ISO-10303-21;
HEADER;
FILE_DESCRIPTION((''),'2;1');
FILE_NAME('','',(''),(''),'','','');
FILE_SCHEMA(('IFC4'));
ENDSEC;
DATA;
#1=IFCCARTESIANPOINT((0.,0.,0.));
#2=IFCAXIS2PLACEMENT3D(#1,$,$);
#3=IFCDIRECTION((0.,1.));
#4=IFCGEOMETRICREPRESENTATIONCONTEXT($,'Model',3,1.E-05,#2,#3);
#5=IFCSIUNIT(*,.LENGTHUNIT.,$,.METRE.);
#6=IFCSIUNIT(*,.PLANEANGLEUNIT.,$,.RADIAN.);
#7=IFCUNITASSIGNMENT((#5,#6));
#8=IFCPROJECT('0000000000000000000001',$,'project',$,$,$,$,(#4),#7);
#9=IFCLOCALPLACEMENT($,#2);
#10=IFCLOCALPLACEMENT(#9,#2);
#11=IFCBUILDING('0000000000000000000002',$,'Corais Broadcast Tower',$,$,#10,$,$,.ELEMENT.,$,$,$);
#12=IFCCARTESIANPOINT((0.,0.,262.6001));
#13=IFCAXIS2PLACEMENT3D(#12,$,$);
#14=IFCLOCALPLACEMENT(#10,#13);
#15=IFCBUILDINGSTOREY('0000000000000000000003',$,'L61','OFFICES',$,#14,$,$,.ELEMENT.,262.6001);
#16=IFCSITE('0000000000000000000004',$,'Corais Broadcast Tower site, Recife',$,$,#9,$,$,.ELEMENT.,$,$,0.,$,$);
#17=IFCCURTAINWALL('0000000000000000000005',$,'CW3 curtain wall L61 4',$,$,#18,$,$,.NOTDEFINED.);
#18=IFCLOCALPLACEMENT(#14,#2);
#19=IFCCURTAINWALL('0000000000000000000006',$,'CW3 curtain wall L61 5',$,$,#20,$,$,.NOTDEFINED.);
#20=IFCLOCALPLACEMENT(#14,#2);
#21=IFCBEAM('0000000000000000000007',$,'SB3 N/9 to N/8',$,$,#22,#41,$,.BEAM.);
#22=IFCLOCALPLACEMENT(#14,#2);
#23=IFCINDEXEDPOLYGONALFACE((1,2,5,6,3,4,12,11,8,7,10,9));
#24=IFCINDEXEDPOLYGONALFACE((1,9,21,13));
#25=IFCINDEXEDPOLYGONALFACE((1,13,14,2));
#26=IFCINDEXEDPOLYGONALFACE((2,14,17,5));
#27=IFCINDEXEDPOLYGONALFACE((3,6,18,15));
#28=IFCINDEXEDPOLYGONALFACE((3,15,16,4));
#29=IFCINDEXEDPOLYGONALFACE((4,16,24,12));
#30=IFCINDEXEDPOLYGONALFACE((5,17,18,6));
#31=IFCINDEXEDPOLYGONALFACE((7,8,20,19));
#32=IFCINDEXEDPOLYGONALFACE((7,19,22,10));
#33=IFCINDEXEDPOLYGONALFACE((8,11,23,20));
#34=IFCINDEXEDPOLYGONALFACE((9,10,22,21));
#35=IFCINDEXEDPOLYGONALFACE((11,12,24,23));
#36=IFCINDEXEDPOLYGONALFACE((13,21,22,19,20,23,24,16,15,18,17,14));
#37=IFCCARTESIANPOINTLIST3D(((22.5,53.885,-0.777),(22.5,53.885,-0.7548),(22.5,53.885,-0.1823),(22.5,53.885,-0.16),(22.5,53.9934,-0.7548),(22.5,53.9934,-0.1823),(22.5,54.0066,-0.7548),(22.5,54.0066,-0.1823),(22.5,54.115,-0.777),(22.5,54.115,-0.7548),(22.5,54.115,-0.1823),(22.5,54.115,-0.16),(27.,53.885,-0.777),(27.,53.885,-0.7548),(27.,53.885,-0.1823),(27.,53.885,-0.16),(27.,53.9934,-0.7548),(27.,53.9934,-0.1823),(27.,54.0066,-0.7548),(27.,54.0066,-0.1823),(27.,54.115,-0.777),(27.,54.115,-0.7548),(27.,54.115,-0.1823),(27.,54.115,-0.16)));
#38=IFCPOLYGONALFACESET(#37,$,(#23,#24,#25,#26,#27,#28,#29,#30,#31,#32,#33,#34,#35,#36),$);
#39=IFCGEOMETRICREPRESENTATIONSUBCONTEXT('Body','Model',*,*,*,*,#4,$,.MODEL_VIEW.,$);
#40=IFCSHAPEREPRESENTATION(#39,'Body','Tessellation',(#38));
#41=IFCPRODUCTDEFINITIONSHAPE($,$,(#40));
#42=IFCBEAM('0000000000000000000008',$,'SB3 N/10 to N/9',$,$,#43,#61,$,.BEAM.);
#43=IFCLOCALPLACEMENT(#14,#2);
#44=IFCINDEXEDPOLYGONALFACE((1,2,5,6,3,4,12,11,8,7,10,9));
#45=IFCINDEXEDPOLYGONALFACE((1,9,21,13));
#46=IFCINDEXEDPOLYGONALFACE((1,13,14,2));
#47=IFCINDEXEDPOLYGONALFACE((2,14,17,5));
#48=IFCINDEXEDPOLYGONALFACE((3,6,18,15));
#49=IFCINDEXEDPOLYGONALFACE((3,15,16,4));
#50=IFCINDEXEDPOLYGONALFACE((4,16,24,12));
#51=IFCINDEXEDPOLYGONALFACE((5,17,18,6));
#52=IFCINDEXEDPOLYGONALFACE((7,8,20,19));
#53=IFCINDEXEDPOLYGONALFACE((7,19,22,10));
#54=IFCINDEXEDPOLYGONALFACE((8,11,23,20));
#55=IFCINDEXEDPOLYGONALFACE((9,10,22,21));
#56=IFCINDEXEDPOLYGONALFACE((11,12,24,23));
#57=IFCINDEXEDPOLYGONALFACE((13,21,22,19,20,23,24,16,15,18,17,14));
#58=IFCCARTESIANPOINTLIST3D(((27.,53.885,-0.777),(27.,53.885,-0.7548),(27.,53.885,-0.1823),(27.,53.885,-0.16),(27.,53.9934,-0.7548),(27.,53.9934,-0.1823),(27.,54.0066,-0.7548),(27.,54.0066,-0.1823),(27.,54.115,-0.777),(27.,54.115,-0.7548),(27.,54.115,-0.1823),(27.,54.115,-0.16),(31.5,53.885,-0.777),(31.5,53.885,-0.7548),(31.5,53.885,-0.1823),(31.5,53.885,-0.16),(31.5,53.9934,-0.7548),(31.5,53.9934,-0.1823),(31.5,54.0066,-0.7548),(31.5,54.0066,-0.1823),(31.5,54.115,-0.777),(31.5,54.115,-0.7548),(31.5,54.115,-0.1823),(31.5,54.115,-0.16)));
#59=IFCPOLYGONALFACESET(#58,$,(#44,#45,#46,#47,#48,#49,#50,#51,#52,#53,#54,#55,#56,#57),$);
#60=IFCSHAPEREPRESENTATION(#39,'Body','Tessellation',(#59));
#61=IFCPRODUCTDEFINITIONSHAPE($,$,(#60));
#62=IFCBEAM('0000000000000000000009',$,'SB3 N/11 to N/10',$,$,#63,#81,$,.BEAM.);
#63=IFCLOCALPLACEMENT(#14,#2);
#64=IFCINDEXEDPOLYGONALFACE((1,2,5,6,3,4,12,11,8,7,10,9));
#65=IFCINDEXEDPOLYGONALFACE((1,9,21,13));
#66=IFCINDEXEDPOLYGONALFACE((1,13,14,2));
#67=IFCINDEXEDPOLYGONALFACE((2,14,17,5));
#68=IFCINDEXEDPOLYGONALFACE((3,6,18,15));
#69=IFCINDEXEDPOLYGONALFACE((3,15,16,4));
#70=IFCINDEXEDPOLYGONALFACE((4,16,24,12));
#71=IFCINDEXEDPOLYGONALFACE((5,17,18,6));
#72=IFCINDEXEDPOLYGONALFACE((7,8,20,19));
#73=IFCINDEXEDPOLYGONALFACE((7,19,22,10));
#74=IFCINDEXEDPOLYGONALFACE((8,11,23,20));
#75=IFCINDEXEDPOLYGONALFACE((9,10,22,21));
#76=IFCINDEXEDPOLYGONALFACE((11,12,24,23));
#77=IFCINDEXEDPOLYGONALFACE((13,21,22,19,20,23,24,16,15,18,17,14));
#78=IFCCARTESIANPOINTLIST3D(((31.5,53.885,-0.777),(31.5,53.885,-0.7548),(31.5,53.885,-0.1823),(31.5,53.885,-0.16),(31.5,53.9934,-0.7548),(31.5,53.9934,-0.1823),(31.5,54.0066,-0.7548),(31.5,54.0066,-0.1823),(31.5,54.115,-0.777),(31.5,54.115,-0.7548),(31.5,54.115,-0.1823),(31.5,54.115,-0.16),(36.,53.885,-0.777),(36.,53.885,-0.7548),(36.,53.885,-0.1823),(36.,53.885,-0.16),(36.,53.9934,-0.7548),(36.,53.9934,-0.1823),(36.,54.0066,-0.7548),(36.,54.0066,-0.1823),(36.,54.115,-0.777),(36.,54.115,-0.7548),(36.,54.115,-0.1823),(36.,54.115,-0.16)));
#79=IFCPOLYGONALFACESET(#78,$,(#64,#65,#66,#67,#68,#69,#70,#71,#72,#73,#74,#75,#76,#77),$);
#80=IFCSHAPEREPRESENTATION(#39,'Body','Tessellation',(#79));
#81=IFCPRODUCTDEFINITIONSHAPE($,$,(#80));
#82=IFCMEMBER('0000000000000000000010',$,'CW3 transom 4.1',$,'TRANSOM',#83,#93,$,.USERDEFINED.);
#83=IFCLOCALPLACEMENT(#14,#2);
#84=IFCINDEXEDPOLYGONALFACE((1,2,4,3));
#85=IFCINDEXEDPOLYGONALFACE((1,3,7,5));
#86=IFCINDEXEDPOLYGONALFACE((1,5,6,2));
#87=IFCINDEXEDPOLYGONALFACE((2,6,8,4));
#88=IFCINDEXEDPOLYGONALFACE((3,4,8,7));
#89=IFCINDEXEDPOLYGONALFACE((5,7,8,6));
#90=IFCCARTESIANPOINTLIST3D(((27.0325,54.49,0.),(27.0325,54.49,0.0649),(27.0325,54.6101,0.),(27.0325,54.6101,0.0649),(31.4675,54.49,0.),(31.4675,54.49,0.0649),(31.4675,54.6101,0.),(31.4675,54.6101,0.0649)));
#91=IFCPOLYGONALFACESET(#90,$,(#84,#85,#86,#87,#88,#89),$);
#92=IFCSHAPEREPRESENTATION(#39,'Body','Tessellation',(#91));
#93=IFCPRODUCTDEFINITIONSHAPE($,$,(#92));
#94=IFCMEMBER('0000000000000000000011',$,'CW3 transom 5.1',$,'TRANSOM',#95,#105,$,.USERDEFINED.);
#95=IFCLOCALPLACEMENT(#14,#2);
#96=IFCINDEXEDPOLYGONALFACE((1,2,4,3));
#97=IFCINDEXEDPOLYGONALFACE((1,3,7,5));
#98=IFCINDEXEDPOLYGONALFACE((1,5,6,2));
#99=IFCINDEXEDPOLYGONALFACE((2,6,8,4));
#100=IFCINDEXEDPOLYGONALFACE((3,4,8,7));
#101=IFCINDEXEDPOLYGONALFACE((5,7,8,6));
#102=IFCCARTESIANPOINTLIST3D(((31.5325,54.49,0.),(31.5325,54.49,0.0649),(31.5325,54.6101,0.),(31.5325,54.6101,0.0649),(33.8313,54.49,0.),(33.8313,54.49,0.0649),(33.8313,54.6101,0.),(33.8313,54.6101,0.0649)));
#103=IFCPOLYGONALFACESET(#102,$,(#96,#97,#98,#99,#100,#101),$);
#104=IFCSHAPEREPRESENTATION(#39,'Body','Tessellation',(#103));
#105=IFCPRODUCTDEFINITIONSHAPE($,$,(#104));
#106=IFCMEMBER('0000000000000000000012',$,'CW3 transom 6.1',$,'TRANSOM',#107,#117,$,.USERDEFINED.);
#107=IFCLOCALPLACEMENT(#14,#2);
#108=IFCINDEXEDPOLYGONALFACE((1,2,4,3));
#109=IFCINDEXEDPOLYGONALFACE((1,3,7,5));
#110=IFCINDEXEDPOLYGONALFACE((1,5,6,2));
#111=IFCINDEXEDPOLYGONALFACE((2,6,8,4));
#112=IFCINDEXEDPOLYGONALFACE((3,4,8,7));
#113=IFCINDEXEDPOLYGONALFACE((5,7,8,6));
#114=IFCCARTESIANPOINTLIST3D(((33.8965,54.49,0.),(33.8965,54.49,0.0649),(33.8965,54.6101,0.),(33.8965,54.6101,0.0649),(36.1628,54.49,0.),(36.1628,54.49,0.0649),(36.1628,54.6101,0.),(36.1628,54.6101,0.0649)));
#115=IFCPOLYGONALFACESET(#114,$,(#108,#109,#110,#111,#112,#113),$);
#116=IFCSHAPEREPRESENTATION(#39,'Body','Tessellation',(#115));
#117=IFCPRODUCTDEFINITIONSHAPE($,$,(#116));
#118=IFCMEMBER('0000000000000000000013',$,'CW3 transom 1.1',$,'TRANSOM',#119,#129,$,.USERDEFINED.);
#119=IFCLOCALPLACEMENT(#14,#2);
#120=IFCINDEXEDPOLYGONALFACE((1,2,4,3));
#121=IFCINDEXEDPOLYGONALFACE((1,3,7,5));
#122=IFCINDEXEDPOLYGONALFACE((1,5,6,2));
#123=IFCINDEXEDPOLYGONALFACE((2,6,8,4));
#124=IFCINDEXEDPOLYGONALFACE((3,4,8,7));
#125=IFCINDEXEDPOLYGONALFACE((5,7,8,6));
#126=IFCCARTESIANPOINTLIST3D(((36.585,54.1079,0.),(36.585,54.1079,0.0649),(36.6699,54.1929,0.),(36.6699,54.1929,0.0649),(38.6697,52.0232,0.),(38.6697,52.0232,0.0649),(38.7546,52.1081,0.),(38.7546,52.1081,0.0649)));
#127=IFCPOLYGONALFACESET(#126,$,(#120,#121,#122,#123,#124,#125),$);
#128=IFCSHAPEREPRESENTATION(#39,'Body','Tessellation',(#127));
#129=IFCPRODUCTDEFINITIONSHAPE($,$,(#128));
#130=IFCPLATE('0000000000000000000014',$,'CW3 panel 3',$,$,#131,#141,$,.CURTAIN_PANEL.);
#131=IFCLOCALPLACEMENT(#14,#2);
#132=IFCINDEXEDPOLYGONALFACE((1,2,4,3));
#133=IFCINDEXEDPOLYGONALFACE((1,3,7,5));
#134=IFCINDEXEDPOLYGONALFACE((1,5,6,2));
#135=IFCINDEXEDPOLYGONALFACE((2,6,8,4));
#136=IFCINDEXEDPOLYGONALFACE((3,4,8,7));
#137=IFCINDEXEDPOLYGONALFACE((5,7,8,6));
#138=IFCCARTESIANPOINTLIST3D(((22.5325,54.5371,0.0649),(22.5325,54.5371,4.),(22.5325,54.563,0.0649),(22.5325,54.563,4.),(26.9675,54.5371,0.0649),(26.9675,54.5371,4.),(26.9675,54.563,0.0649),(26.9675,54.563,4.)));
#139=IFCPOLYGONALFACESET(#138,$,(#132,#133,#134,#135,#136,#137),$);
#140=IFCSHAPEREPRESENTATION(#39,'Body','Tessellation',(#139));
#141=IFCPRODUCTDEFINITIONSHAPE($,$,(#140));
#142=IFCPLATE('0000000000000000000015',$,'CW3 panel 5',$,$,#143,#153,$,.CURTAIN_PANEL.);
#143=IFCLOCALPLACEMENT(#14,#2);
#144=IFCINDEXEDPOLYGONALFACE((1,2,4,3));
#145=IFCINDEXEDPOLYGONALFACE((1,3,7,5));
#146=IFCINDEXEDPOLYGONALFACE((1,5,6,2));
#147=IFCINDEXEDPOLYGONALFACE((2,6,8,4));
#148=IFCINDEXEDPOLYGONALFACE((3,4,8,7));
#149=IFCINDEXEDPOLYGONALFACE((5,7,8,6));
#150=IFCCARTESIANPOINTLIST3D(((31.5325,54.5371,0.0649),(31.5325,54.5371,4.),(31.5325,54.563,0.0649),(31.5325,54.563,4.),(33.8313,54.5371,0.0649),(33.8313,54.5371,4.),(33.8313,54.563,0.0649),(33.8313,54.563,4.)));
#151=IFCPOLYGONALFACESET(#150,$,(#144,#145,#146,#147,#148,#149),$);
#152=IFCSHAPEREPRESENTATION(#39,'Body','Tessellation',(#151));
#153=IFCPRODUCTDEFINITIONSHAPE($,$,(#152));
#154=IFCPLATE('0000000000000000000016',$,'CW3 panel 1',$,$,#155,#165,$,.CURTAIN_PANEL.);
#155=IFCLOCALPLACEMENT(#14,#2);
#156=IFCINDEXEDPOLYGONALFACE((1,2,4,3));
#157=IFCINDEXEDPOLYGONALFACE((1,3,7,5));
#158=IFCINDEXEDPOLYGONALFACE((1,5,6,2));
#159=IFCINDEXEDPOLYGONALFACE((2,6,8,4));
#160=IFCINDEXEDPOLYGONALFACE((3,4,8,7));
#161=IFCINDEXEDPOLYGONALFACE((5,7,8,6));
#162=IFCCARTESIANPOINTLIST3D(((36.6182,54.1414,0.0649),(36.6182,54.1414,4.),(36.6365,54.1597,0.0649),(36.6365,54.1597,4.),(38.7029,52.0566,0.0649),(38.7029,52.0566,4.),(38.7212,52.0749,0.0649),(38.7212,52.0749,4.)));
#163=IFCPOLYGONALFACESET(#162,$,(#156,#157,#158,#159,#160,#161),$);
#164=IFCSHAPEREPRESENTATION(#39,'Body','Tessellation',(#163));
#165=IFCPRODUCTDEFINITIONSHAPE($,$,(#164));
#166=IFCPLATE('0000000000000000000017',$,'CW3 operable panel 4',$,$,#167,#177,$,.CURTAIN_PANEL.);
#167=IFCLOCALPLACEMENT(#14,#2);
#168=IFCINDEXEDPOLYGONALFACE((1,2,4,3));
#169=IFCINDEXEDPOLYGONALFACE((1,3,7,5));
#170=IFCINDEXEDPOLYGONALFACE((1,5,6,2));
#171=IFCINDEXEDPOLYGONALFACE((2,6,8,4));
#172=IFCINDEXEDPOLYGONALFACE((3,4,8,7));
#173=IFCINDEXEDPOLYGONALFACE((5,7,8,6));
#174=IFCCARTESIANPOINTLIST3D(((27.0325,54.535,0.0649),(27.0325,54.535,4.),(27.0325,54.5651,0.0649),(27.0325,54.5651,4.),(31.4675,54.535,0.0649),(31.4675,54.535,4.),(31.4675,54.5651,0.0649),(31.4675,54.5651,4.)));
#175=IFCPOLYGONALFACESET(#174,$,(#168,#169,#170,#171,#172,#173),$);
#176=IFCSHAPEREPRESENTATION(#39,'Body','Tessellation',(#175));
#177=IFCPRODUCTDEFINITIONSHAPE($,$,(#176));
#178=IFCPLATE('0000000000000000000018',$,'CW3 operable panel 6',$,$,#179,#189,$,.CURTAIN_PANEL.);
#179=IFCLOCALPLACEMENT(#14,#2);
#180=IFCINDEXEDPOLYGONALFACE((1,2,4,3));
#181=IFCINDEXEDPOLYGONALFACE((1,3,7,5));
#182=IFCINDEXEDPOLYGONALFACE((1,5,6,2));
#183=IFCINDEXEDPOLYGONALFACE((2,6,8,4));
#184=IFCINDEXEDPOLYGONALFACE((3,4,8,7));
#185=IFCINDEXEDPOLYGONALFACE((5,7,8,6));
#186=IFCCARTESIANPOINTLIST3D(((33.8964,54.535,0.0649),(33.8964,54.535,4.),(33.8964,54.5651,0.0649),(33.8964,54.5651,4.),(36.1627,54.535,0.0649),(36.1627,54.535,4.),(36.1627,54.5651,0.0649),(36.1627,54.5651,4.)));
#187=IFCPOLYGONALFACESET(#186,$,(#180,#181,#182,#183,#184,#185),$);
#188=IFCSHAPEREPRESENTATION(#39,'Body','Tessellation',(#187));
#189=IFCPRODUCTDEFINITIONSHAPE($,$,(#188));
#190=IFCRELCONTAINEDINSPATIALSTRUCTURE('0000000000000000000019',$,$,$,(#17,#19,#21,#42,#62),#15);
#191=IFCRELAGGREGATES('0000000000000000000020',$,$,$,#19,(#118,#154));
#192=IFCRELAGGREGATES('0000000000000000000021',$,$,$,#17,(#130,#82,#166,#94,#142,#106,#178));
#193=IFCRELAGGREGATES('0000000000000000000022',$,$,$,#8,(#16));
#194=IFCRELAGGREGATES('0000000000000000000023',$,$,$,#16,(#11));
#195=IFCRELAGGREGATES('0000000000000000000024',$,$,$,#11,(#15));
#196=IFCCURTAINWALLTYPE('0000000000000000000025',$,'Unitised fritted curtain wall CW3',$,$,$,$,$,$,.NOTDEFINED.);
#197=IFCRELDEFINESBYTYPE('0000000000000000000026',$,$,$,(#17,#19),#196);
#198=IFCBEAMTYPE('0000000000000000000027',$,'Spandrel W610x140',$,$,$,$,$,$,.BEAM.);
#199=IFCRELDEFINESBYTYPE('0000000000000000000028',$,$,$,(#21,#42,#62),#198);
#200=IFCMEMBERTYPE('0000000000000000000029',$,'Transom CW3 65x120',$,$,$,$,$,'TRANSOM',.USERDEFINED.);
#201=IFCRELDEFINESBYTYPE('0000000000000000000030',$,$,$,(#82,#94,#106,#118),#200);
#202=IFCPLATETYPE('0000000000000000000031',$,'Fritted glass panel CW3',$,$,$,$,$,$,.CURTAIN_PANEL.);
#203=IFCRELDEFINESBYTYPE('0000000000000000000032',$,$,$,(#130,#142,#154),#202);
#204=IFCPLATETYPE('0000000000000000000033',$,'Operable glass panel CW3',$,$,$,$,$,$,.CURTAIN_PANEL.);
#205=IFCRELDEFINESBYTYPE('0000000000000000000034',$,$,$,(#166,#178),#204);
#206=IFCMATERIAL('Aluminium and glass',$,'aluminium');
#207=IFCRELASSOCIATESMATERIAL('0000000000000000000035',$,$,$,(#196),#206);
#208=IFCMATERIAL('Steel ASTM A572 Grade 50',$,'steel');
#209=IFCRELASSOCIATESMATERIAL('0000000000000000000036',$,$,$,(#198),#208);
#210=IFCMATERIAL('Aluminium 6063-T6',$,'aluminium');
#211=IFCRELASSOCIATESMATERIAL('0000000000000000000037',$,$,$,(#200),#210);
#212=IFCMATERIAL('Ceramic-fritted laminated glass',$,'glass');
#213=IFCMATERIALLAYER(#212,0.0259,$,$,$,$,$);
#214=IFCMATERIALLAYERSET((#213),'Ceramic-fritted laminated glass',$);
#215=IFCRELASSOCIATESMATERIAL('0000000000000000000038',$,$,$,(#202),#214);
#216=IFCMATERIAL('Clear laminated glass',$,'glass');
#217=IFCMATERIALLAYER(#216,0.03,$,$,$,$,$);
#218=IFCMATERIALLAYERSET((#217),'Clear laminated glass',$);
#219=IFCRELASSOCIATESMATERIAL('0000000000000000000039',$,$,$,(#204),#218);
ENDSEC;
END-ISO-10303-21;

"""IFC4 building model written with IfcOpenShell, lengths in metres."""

from ifc_helpers import new_model, si_unit, direction, frame, origin, origin_2d, place, context, subcontext, project, spatial, rectangle, i_section, extrude, material, layer, layer_set, material_profile, profile_set, type_object, element, aggregate, save


model = new_model("IFC4")

# Units and contexts
model_context = context("Model", 3, precision=1e-05, world=origin(), true_north=direction((0.0, 1.0)))
body_context = subcontext(model_context, "Body", "Model", "MODEL_VIEW")
ifc_project = project(units=[si_unit("LENGTHUNIT", "METRE"), si_unit("PLANEANGLEUNIT", "RADIAN")], contexts=[model_context])

# Site, building, storey
site_placement = place(None, origin())
site = spatial("IfcSite", under=ifc_project, at=site_placement, Name="Corais Broadcast Tower site, Recife", CompositionType="ELEMENT", RefElevation=0.0)
building_placement = place(site_placement, origin())
building = spatial("IfcBuilding", under=site, at=building_placement, Name="Corais Broadcast Tower", CompositionType="ELEMENT")
storey_placement = place(building_placement, frame((0.0, 0.0, 262.6001)))
storey = spatial("IfcBuildingStorey", under=building, at=storey_placement, Name="L61", Description="OFFICES", CompositionType="ELEMENT", Elevation=262.6001)

# Curtain walls
ifc_material_1 = material(Name="Aluminium and glass", Category="aluminium")
curtain_wall_type = type_object("IfcCurtainWallType", Name="Unitised fritted curtain wall CW3", PredefinedType="NOTDEFINED", material=ifc_material_1)
curtain_wall_1_placement = place(storey_placement, origin())
curtain_wall_1 = element("IfcCurtainWall", 1, at=curtain_wall_1_placement, inside=storey, type_object=curtain_wall_type, Name="CW3 curtain wall L61 4", PredefinedType="NOTDEFINED")
curtain_wall_2_placement = place(storey_placement, origin())
curtain_wall_2 = element("IfcCurtainWall", 2, at=curtain_wall_2_placement, inside=storey, type_object=curtain_wall_type, Name="CW3 curtain wall L61 5", PredefinedType="NOTDEFINED")

# Beams
ifc_material_2 = material(Name="Steel ASTM A572 Grade 50", Category="steel")
ifc_material_profile_1 = material_profile(ifc_material_2, i_section(OverallWidth=0.23, OverallDepth=0.6169, WebThickness=0.0132, FlangeThickness=0.0222, at=origin_2d()), Name="W610x140")
ifc_profile_set_1 = profile_set([ifc_material_profile_1], Name="Steel ASTM A572 Grade 50")
beam_type_1 = type_object("IfcBeamType", Name="Spandrel W610x140", PredefinedType="BEAM", material=ifc_profile_set_1)
for number, where, z_axis, x_axis, name in (
    (3, (27.0, 54.0, -0.4685), (-1.0, 0.0, 0.0), (0.0, -1.0, 0.0), "SB3 N/9 to N/8"),
    (4, (31.5, 54.0, -0.4685), (-1.0, 0.0, 0.0), (0.0, -1.0, 0.0), "SB3 N/10 to N/9"),
    (5, (36.0, 54.0, -0.4685), (-1.0, 0.0, 0.0), (0.0, -1.0, 0.0), "SB3 N/11 to N/10"),
):
    element("IfcBeam", number, at=place(storey_placement, frame(where, z_axis=z_axis, x_axis=x_axis)), inside=storey, type_object=beam_type_1, Name=name, PredefinedType="BEAM", context=body_context, shape_type="SweptSolid", body=[
        extrude(i_section(OverallWidth=0.23, OverallDepth=0.6169, WebThickness=0.0132, FlangeThickness=0.0222, at=origin_2d()), origin(), (0.0, 0.0, 1.0), 4.5),
    ])

# Members
ifc_material_3 = material(Name="Aluminium 6063-T6", Category="aluminium")
ifc_material_profile_2 = material_profile(ifc_material_3, rectangle(XDim=0.1201, YDim=0.0649, at=origin_2d()), Name="Transom CW3 65x120")
ifc_profile_set_2 = profile_set([ifc_material_profile_2], Name="Aluminium 6063-T6")
member_type_1 = type_object("IfcMemberType", Name="Transom CW3 65x120", ElementType="TRANSOM", PredefinedType="USERDEFINED", material=ifc_profile_set_2)
member_1_placement = place(storey_placement, frame((27.0325, 54.55, 0.0325), z_axis=(1.0, 0.0, 0.0), x_axis=(0.0, 1.0, 0.0)))
member_1 = element("IfcMember", 6, at=member_1_placement, type_object=member_type_1, Name="CW3 transom 4.1", ObjectType="TRANSOM", PredefinedType="USERDEFINED", context=body_context, shape_type="SweptSolid", body=[
    extrude(rectangle(XDim=0.1201, YDim=0.0649, at=origin_2d()), origin(), (0.0, 0.0, 1.0), 4.4351),
])
member_2_placement = place(storey_placement, frame((31.5325, 54.55, 0.0325), z_axis=(1.0, 0.0, 0.0), x_axis=(0.0, 1.0, 0.0)))
member_2 = element("IfcMember", 7, at=member_2_placement, type_object=member_type_1, Name="CW3 transom 5.1", ObjectType="TRANSOM", PredefinedType="USERDEFINED", context=body_context, shape_type="SweptSolid", body=[
    extrude(rectangle(XDim=0.1201, YDim=0.0649, at=origin_2d()), origin(), (0.0, 0.0, 1.0), 2.2988),
])
member_3_placement = place(storey_placement, frame((33.8965, 54.55, 0.0325), z_axis=(1.0, 0.0, 0.0), x_axis=(0.0, 1.0, 0.0)))
member_3 = element("IfcMember", 8, at=member_3_placement, type_object=member_type_1, Name="CW3 transom 6.1", ObjectType="TRANSOM", PredefinedType="USERDEFINED", context=body_context, shape_type="SweptSolid", body=[
    extrude(rectangle(XDim=0.1201, YDim=0.0649, at=origin_2d()), origin(), (0.0, 0.0, 1.0), 2.2664),
])
member_4_placement = place(storey_placement, frame((36.6274, 54.1504, 0.0325), z_axis=(0.707107, -0.707107, 0.0), x_axis=(0.707107, 0.707107, 0.0)))
member_4 = element("IfcMember", 9, at=member_4_placement, type_object=member_type_1, Name="CW3 transom 1.1", ObjectType="TRANSOM", PredefinedType="USERDEFINED", context=body_context, shape_type="SweptSolid", body=[
    extrude(rectangle(XDim=0.1201, YDim=0.0649, at=origin_2d()), origin(), (0.0, 0.0, 1.0), 2.9482),
])

# Plates
ifc_material_4 = material(Name="Ceramic-fritted laminated glass", Category="glass")
ifc_layer_1 = layer(ifc_material_4, 0.0259)
ifc_layer_set_1 = layer_set([ifc_layer_1], Name="Ceramic-fritted laminated glass")
plate_type_1 = type_object("IfcPlateType", Name="Fritted glass panel CW3", PredefinedType="CURTAIN_PANEL", material=ifc_layer_set_1)
plate_1_placement = place(storey_placement, frame((24.75, 54.55, 0.0649), z_axis=(0.0, 0.0, 1.0), x_axis=(1.0, 0.0, 0.0)))
plate_1 = element("IfcPlate", 10, at=plate_1_placement, type_object=plate_type_1, Name="CW3 panel 3", PredefinedType="CURTAIN_PANEL", context=body_context, shape_type="SweptSolid", body=[
    extrude(rectangle(XDim=4.4351, YDim=0.0259, at=origin_2d()), origin(), (0.0, 0.0, 1.0), 3.9351),
])
plate_2_placement = place(storey_placement, frame((32.6819, 54.55, 0.0649), z_axis=(0.0, 0.0, 1.0), x_axis=(1.0, 0.0, 0.0)))
plate_2 = element("IfcPlate", 11, at=plate_2_placement, type_object=plate_type_1, Name="CW3 panel 5", PredefinedType="CURTAIN_PANEL", context=body_context, shape_type="SweptSolid", body=[
    extrude(rectangle(XDim=2.2988, YDim=0.0259, at=origin_2d()), origin(), (0.0, 0.0, 1.0), 3.9351),
])
plate_3_placement = place(storey_placement, frame((37.6697, 53.1082, 0.0649), z_axis=(0.0, 0.0, 1.0), x_axis=(0.707107, -0.707107, 0.0)))
plate_3 = element("IfcPlate", 12, at=plate_3_placement, type_object=plate_type_1, Name="CW3 panel 1", PredefinedType="CURTAIN_PANEL", context=body_context, shape_type="SweptSolid", body=[
    extrude(rectangle(XDim=2.9482, YDim=0.0259, at=origin_2d()), origin(), (0.0, 0.0, 1.0), 3.9351),
])
aggregate(curtain_wall_2, [member_4, plate_3])
ifc_material_5 = material(Name="Clear laminated glass", Category="glass")
ifc_layer_2 = layer(ifc_material_5, 0.03)
ifc_layer_set_2 = layer_set([ifc_layer_2], Name="Clear laminated glass")
plate_type_2 = type_object("IfcPlateType", Name="Operable glass panel CW3", PredefinedType="CURTAIN_PANEL", material=ifc_layer_set_2)
plate_4_placement = place(storey_placement, frame((29.25, 54.55, 0.0649), z_axis=(0.0, 0.0, 1.0), x_axis=(1.0, 0.0, 0.0)))
plate_4 = element("IfcPlate", 13, at=plate_4_placement, type_object=plate_type_2, Name="CW3 operable panel 4", PredefinedType="CURTAIN_PANEL", context=body_context, shape_type="SweptSolid", body=[
    extrude(rectangle(XDim=4.4351, YDim=0.03, at=origin_2d()), origin(), (0.0, 0.0, 1.0), 3.9351),
])
plate_5_placement = place(storey_placement, frame((35.0295, 54.55, 0.0649), z_axis=(0.0, 0.0, 1.0), x_axis=(1.0, 0.0, 0.0)))
plate_5 = element("IfcPlate", 14, at=plate_5_placement, type_object=plate_type_2, Name="CW3 operable panel 6", PredefinedType="CURTAIN_PANEL", context=body_context, shape_type="SweptSolid", body=[
    extrude(rectangle(XDim=2.2664, YDim=0.03, at=origin_2d()), origin(), (0.0, 0.0, 1.0), 3.9351),
])
aggregate(curtain_wall_1, [plate_1, member_1, plate_4, member_2, plate_2, member_3, plate_5])

save(model, "model.ifc")
